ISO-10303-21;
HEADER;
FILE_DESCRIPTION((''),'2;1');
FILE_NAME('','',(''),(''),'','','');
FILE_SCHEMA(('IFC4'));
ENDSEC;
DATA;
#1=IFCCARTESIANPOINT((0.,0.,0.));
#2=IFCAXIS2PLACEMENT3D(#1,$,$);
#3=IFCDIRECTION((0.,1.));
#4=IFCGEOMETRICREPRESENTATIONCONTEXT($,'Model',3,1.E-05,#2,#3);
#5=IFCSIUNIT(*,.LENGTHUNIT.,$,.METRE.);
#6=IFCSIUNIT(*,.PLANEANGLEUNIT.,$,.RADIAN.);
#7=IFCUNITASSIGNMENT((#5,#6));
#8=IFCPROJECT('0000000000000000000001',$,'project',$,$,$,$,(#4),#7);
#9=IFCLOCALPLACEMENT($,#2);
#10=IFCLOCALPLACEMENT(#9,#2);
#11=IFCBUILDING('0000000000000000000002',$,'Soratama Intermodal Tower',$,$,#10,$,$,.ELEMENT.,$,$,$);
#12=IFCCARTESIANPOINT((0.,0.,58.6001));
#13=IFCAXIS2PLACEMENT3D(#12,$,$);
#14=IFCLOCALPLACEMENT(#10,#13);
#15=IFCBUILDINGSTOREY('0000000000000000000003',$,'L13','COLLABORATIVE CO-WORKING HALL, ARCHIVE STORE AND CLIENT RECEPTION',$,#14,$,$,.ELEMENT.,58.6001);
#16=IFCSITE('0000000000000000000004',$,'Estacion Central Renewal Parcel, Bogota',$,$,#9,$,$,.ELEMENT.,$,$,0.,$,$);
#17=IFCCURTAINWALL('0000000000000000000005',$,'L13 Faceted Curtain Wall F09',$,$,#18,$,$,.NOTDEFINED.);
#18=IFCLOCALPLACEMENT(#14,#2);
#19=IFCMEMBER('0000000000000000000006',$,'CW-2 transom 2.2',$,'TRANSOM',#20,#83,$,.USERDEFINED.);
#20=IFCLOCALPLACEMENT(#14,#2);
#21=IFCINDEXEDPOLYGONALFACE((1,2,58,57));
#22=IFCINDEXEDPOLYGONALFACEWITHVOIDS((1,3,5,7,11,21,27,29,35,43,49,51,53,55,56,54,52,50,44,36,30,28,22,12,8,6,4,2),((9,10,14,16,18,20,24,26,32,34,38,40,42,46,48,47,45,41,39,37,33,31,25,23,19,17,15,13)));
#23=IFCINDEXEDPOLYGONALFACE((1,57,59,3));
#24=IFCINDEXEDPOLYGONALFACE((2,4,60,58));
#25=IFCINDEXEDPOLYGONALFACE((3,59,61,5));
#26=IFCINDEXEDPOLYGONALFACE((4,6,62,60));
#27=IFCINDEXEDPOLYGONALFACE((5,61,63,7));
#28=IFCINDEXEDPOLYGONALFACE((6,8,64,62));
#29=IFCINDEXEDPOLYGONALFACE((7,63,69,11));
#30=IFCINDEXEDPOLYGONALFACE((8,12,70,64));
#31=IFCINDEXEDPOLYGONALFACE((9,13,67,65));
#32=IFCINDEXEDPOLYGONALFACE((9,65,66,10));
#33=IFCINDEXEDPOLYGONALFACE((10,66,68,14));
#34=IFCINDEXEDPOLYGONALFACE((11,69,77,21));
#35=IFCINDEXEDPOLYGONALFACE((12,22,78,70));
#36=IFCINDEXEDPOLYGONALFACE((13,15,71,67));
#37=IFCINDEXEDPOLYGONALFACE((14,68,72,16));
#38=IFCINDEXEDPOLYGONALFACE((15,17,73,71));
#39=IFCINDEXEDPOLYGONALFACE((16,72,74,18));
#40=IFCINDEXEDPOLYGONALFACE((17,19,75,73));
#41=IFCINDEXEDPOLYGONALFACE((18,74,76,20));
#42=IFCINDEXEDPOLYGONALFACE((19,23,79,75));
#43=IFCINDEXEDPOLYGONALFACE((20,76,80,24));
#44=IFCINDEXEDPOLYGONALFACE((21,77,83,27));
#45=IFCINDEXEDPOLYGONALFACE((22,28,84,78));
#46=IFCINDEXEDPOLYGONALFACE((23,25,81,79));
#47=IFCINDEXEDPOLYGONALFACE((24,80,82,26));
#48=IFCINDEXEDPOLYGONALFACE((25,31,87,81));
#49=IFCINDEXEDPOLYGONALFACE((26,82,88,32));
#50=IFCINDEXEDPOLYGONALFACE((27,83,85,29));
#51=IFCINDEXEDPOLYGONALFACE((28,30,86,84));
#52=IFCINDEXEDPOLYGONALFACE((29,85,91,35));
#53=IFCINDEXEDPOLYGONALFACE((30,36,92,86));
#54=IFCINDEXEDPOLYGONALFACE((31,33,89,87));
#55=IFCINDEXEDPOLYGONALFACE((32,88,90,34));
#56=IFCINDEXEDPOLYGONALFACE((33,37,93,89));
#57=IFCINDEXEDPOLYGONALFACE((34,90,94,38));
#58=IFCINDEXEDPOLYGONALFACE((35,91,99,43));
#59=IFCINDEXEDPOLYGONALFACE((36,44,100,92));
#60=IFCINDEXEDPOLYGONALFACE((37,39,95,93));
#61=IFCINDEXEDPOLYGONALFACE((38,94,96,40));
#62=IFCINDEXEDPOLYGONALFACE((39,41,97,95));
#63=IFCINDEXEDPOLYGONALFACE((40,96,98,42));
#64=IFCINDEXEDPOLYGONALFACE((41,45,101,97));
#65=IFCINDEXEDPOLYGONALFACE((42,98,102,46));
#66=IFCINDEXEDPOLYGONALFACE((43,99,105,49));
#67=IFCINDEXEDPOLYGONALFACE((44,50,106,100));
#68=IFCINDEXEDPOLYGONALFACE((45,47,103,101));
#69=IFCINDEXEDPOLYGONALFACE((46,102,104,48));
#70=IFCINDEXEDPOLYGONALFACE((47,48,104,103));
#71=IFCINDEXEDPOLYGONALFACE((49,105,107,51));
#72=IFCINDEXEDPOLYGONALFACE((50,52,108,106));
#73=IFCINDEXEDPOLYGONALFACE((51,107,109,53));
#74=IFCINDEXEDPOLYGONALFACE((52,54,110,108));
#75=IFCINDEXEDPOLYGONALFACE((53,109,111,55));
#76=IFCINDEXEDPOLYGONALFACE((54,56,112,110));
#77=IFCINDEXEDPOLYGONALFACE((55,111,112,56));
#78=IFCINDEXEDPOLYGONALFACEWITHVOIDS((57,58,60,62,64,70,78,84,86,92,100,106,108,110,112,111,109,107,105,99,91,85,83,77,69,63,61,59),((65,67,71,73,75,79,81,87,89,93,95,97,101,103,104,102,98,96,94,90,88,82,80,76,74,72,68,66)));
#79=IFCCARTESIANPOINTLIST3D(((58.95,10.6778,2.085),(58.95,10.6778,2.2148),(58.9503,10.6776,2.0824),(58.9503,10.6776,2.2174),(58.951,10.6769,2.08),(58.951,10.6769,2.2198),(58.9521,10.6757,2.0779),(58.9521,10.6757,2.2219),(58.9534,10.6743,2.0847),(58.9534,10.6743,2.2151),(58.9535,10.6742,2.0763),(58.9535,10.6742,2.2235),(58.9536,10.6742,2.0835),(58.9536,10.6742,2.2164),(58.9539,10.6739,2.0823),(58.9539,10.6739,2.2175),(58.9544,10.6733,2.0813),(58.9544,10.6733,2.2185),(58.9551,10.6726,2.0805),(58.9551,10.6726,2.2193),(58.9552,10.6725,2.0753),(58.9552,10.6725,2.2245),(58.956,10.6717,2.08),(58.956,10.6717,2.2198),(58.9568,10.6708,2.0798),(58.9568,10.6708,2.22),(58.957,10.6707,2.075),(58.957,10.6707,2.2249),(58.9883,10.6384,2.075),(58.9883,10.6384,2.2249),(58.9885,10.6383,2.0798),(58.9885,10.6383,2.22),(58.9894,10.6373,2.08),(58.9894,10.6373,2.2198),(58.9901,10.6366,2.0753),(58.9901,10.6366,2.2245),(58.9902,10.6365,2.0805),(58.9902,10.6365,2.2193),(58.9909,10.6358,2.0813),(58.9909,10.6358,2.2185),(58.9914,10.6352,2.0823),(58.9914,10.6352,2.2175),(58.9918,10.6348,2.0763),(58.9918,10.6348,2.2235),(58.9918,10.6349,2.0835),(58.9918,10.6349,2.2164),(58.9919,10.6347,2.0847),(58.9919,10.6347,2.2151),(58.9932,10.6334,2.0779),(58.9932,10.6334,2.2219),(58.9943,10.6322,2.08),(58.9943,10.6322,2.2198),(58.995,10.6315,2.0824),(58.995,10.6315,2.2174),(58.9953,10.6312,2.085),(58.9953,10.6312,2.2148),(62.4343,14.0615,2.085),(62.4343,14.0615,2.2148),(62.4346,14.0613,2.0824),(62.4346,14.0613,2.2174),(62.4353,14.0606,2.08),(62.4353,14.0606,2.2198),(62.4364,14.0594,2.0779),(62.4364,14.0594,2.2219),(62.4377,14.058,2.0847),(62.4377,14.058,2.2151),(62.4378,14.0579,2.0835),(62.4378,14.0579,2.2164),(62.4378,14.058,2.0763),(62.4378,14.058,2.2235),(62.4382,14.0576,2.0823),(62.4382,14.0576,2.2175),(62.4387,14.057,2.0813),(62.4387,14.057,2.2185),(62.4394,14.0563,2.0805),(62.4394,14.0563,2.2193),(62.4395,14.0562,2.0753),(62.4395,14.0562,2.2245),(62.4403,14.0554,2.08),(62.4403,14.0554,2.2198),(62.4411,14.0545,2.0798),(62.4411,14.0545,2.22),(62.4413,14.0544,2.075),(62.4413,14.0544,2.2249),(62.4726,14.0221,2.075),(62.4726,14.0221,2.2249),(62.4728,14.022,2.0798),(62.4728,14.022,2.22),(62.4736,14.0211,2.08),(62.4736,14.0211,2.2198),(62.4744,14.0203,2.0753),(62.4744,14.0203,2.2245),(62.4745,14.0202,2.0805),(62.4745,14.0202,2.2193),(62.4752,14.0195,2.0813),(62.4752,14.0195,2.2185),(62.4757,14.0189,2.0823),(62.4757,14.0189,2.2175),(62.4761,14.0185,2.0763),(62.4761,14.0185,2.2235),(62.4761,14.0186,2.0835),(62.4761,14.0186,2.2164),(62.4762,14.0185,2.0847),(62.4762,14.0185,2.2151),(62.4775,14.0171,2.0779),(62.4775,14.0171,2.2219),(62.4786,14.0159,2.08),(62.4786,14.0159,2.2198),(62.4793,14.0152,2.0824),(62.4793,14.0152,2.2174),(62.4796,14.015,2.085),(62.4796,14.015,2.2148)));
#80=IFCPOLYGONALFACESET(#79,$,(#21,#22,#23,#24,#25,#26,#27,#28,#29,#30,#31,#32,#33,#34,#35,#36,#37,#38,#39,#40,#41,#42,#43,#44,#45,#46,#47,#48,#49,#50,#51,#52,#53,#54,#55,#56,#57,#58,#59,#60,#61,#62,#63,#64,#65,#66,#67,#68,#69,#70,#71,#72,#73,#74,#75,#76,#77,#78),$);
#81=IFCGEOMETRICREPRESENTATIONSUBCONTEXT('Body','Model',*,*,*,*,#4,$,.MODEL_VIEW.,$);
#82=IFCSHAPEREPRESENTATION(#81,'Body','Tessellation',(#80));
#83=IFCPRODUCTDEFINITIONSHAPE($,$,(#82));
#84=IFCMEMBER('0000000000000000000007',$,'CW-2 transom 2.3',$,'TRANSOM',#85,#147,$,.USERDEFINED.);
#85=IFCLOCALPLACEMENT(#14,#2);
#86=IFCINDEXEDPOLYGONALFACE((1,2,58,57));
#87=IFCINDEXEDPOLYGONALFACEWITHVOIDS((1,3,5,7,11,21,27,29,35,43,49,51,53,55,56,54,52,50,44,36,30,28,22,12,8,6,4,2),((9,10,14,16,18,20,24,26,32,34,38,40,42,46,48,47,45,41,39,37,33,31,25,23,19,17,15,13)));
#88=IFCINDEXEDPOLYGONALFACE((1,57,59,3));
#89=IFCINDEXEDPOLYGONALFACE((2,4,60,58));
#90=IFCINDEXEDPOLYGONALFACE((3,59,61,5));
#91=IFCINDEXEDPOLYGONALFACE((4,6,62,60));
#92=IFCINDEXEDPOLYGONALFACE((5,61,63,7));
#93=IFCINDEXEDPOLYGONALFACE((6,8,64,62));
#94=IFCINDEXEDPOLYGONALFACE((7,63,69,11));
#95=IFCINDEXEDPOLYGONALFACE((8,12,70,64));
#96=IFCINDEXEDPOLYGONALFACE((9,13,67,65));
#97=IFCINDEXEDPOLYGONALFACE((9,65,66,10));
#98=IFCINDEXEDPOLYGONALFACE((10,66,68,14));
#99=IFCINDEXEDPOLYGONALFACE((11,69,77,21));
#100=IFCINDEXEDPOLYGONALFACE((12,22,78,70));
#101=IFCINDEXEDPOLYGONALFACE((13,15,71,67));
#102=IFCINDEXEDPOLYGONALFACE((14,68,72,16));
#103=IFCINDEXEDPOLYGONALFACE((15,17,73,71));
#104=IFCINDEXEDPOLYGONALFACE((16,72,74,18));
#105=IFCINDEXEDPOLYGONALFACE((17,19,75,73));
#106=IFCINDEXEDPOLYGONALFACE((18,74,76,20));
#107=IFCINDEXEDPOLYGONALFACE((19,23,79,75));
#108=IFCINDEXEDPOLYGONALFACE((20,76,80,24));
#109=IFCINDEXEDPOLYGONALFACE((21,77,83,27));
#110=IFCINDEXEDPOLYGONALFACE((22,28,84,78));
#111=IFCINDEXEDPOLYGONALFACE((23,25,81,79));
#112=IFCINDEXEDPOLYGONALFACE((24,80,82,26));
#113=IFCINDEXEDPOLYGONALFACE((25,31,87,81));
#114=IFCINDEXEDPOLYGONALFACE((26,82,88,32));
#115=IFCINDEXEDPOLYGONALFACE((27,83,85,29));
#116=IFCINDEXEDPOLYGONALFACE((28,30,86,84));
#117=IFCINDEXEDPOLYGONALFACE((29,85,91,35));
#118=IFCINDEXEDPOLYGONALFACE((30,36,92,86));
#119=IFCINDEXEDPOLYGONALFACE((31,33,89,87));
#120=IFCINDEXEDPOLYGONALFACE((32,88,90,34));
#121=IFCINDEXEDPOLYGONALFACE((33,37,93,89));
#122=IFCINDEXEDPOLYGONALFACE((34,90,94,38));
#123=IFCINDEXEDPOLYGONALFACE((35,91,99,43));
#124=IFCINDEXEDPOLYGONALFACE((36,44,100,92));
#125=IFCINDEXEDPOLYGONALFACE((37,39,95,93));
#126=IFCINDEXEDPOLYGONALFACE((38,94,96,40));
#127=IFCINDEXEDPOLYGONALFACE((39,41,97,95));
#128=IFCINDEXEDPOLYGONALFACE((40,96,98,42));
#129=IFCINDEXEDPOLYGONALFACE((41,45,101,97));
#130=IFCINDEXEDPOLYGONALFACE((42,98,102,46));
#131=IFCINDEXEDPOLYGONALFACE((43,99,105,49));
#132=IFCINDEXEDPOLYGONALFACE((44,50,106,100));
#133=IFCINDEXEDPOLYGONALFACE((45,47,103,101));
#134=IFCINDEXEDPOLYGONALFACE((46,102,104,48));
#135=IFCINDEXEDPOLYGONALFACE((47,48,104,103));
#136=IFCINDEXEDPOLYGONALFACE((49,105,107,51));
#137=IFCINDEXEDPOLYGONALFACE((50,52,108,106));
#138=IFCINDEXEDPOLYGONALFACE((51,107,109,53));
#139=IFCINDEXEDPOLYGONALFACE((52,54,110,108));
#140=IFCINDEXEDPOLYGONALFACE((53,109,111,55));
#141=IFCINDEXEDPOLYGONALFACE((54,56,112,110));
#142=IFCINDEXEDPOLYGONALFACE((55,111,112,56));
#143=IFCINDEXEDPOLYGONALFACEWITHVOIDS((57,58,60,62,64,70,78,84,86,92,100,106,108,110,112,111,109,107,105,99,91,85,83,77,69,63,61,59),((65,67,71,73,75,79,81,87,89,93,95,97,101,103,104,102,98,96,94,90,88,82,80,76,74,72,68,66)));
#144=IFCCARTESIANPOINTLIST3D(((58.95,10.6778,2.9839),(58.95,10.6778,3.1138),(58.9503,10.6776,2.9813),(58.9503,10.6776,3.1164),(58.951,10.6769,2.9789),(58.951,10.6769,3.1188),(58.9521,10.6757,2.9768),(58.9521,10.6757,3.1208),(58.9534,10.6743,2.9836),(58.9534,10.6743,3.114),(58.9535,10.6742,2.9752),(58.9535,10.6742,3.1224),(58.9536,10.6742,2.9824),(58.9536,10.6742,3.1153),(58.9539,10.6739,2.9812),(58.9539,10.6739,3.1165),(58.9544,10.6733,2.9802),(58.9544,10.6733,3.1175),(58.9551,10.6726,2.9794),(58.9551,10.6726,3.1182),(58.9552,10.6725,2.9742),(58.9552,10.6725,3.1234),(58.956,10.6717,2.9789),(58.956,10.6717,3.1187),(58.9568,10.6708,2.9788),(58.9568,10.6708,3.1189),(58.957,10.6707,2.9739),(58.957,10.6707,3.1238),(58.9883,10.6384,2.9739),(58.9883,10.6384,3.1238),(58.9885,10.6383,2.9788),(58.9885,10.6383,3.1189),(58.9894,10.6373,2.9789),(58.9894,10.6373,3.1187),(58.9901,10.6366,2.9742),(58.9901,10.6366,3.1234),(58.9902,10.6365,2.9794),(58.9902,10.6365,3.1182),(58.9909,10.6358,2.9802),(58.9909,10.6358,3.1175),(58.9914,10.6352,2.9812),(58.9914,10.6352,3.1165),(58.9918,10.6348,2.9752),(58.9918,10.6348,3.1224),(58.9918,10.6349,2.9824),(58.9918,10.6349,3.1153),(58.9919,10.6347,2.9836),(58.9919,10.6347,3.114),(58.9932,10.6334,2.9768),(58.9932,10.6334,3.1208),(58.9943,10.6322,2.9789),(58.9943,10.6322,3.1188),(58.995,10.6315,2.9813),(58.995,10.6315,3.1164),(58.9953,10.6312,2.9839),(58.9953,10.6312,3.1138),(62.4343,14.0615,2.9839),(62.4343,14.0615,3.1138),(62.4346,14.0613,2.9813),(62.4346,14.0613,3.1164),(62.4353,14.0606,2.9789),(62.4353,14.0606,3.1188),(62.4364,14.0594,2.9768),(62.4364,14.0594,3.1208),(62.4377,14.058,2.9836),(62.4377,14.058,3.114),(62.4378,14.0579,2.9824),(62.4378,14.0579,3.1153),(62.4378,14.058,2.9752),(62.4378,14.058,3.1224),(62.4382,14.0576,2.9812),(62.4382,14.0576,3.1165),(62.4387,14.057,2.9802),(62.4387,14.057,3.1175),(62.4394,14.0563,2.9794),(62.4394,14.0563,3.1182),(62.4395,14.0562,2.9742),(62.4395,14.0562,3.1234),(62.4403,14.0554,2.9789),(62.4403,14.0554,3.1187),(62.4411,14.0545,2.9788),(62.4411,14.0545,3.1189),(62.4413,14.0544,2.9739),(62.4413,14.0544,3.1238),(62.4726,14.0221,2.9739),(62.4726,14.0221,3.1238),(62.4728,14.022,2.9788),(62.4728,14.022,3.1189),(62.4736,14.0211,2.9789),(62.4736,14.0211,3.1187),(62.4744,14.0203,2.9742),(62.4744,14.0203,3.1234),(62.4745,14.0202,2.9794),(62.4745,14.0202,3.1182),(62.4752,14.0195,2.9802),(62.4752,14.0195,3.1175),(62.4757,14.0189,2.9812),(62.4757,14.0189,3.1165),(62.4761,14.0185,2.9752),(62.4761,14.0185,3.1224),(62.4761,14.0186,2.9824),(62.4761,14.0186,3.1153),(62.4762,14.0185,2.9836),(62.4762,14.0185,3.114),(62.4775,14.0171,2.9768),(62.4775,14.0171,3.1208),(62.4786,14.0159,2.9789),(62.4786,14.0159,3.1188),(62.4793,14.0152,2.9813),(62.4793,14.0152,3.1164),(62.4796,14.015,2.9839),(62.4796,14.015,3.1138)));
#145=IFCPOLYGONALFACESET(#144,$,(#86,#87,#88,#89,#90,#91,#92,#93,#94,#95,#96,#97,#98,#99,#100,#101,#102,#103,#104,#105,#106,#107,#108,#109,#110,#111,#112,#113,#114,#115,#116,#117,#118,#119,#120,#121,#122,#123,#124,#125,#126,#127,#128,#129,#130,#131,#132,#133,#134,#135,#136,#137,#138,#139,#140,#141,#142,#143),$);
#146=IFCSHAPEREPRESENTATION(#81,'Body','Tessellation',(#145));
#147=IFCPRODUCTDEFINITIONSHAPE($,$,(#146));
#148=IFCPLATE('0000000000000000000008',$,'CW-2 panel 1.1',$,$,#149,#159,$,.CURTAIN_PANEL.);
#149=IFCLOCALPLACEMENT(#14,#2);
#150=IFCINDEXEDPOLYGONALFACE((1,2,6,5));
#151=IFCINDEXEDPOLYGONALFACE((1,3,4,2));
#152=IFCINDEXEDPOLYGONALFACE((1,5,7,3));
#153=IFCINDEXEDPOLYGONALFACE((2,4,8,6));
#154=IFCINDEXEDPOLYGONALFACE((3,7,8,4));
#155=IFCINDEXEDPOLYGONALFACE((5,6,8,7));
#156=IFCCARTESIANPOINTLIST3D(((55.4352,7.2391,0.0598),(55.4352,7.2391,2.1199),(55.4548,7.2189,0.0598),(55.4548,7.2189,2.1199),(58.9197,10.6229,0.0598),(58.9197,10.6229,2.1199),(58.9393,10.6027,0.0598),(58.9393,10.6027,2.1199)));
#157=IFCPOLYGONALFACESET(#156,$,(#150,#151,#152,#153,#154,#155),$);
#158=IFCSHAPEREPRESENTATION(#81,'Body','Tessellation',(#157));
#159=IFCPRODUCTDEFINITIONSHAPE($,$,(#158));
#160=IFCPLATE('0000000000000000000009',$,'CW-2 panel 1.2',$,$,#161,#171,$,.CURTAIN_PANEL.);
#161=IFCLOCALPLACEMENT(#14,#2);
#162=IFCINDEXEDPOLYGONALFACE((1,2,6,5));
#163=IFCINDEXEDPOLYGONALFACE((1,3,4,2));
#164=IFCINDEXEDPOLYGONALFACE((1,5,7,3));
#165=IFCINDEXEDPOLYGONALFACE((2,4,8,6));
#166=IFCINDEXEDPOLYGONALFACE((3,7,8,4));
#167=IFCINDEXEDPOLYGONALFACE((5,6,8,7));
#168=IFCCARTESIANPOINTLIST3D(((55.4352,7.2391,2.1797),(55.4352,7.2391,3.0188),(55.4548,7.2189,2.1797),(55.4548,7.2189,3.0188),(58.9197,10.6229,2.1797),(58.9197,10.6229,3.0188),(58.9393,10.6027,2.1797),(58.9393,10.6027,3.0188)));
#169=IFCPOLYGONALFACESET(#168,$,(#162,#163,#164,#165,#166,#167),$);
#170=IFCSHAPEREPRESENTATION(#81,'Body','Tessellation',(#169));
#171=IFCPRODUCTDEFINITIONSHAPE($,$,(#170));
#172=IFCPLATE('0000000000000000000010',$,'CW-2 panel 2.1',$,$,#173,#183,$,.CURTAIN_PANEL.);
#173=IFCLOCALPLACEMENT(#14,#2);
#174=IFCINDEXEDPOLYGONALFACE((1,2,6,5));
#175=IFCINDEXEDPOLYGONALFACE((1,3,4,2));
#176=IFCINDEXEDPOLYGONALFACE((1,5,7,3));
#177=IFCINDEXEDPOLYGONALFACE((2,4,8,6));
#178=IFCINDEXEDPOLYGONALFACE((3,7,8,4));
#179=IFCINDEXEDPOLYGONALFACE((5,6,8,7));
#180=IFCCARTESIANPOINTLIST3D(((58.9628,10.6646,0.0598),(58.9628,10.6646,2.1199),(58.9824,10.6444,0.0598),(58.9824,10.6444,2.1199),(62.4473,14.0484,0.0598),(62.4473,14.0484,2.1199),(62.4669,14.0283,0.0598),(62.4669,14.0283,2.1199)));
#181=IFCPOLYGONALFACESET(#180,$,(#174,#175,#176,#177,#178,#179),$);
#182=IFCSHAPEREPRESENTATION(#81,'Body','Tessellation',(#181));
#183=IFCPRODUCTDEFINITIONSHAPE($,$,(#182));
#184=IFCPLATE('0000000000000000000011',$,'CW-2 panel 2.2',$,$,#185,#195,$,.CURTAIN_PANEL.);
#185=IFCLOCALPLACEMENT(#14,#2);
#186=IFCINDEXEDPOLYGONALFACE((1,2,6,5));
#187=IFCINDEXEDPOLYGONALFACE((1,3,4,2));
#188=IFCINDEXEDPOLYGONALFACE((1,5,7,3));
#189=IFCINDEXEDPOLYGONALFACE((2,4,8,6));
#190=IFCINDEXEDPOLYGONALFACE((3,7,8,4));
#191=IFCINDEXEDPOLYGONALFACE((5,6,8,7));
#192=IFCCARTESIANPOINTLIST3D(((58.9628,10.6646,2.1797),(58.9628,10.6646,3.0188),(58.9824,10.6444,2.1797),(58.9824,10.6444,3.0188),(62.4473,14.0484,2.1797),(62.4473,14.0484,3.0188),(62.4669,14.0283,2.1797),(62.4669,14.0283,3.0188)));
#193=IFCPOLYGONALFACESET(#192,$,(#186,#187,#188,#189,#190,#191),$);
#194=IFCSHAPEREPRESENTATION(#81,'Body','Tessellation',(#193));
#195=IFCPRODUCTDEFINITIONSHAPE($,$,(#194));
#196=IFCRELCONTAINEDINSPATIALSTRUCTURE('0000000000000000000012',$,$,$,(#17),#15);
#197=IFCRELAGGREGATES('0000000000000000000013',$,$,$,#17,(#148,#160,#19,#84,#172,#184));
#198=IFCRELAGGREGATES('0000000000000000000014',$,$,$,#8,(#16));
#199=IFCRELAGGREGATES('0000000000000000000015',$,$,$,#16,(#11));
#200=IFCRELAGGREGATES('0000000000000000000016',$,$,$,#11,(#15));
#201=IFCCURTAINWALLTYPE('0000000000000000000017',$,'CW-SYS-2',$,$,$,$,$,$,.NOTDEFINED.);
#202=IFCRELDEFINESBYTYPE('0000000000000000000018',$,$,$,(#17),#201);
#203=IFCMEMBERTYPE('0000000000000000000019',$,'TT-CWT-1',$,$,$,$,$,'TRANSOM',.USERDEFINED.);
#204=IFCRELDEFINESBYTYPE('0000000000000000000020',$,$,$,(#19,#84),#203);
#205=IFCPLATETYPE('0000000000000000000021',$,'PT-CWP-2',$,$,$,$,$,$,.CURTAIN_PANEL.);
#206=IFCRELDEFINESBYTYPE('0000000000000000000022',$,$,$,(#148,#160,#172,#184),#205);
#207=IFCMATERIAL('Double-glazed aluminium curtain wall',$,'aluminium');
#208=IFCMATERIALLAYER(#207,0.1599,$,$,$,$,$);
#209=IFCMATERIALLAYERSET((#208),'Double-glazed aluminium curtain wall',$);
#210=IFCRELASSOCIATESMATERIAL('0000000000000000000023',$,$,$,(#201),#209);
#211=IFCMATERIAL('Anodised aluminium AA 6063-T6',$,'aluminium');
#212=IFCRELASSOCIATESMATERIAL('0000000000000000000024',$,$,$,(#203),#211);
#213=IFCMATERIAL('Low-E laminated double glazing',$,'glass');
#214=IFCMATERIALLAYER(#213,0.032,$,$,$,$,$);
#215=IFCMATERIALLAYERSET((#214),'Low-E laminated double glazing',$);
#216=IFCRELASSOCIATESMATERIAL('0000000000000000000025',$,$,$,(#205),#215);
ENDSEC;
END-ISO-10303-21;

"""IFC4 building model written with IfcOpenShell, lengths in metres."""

from ifc_helpers import new_model, si_unit, direction, frame, origin, origin_2d, place, context, subcontext, project, spatial, rectangle, hollow_rectangle, extrude, material, layer, layer_set, material_profile, profile_set, type_object, element, aggregate, save


model = new_model("IFC4")

# Units and contexts
model_context = context("Model", 3, precision=1e-05, world=origin(), true_north=direction((0.0, 1.0)))
body_context = subcontext(model_context, "Body", "Model", "MODEL_VIEW")
ifc_project = project(units=[si_unit("LENGTHUNIT", "METRE"), si_unit("PLANEANGLEUNIT", "RADIAN")], contexts=[model_context])

# Site, building, storey
site_placement = place(None, origin())
site = spatial("IfcSite", under=ifc_project, at=site_placement, Name="Estacion Central Renewal Parcel, Bogota", CompositionType="ELEMENT", RefElevation=0.0)
building_placement = place(site_placement, origin())
building = spatial("IfcBuilding", under=site, at=building_placement, Name="Soratama Intermodal Tower", CompositionType="ELEMENT")
storey_placement = place(building_placement, frame((0.0, 0.0, 58.6001)))
storey = spatial("IfcBuildingStorey", under=building, at=storey_placement, Name="L13", Description="COLLABORATIVE CO-WORKING HALL, ARCHIVE STORE AND CLIENT RECEPTION", CompositionType="ELEMENT", Elevation=58.6001)

# Curtain wall, members, plates
ifc_material_1 = material(Name="Double-glazed aluminium curtain wall", Category="aluminium")
ifc_layer_1 = layer(ifc_material_1, 0.1599)
ifc_layer_set_1 = layer_set([ifc_layer_1], Name="Double-glazed aluminium curtain wall")
curtain_wall_type = type_object("IfcCurtainWallType", Name="CW-SYS-2", PredefinedType="NOTDEFINED", material=ifc_layer_set_1)
curtain_wall_placement = place(storey_placement, origin())
curtain_wall = element("IfcCurtainWall", 1, at=curtain_wall_placement, inside=storey, type_object=curtain_wall_type, Name="L13 Faceted Curtain Wall F09", PredefinedType="NOTDEFINED")
ifc_material_2 = material(Name="Anodised aluminium AA 6063-T6", Category="aluminium")
ifc_material_profile_1 = material_profile(ifc_material_2, hollow_rectangle(XDim=0.0649, YDim=0.1499, WallThickness=0.0049, InnerFilletRadius=0.0049, OuterFilletRadius=0.01, at=origin_2d()), Name="CWT150X65X5")
ifc_profile_set_1 = profile_set([ifc_material_profile_1], Name="Anodised aluminium AA 6063-T6")
member_type_1 = type_object("IfcMemberType", Name="TT-CWT-1", ElementType="TRANSOM", PredefinedType="USERDEFINED", material=ifc_profile_set_1)
member_1_placement = place(storey_placement, frame((58.9727, 10.6545, 2.1499), z_axis=(0.717386, 0.696676, 0.0), x_axis=(-0.696676, 0.717386, 0.0)))
member_1 = element("IfcMember", 2, at=member_1_placement, type_object=member_type_1, Name="CW-2 transom 2.2", ObjectType="TRANSOM", PredefinedType="USERDEFINED", context=body_context, shape_type="SweptSolid", body=[
    extrude(hollow_rectangle(XDim=0.0649, YDim=0.1499, WallThickness=0.0049, InnerFilletRadius=0.0049, OuterFilletRadius=0.01, at=origin_2d()), origin(), (0.0, 0.0, 1.0), 4.8569),
])
member_2_placement = place(storey_placement, frame((58.9727, 10.6545, 3.0488), z_axis=(0.717386, 0.696676, 0.0), x_axis=(-0.696676, 0.717386, 0.0)))
member_2 = element("IfcMember", 3, at=member_2_placement, type_object=member_type_1, Name="CW-2 transom 2.3", ObjectType="TRANSOM", PredefinedType="USERDEFINED", context=body_context, shape_type="SweptSolid", body=[
    extrude(hollow_rectangle(XDim=0.0649, YDim=0.1499, WallThickness=0.0049, InnerFilletRadius=0.0049, OuterFilletRadius=0.01, at=origin_2d()), origin(), (0.0, 0.0, 1.0), 4.8569),
])
ifc_material_3 = material(Name="Low-E laminated double glazing", Category="glass")
ifc_layer_2 = layer(ifc_material_3, 0.032)
ifc_layer_set_2 = layer_set([ifc_layer_2], Name="Low-E laminated double glazing")
plate_type = type_object("IfcPlateType", Name="PT-CWP-2", PredefinedType="CURTAIN_PANEL", material=ifc_layer_set_2)
plate_1_placement = place(storey_placement, frame((57.1873, 8.9209, 0.0598), z_axis=(0.0, 0.0, 1.0), x_axis=(0.717396, 0.696666, 0.0)))
plate_1 = element("IfcPlate", 4, at=plate_1_placement, type_object=plate_type, Name="CW-2 panel 1.1", PredefinedType="CURTAIN_PANEL", context=body_context, shape_type="SweptSolid", body=[
    extrude(rectangle(XDim=4.8572, YDim=0.0281, at=origin_2d()), origin(), (0.0, 0.0, 1.0), 2.0601),
])
plate_2_placement = place(storey_placement, frame((57.1873, 8.9209, 2.1797), z_axis=(0.0, 0.0, 1.0), x_axis=(0.717396, 0.696666, 0.0)))
plate_2 = element("IfcPlate", 5, at=plate_2_placement, type_object=plate_type, Name="CW-2 panel 1.2", PredefinedType="CURTAIN_PANEL", context=body_context, shape_type="SweptSolid", body=[
    extrude(rectangle(XDim=4.8572, YDim=0.0281, at=origin_2d()), origin(), (0.0, 0.0, 1.0), 0.8391),
])
plate_3_placement = place(storey_placement, frame((60.7148, 12.3464, 0.0598), z_axis=(0.0, 0.0, 1.0), x_axis=(0.717396, 0.696666, 0.0)))
plate_3 = element("IfcPlate", 6, at=plate_3_placement, type_object=plate_type, Name="CW-2 panel 2.1", PredefinedType="CURTAIN_PANEL", context=body_context, shape_type="SweptSolid", body=[
    extrude(rectangle(XDim=4.8572, YDim=0.0281, at=origin_2d()), origin(), (0.0, 0.0, 1.0), 2.0601),
])
plate_4_placement = place(storey_placement, frame((60.7148, 12.3464, 2.1797), z_axis=(0.0, 0.0, 1.0), x_axis=(0.717396, 0.696666, 0.0)))
plate_4 = element("IfcPlate", 7, at=plate_4_placement, type_object=plate_type, Name="CW-2 panel 2.2", PredefinedType="CURTAIN_PANEL", context=body_context, shape_type="SweptSolid", body=[
    extrude(rectangle(XDim=4.8572, YDim=0.0281, at=origin_2d()), origin(), (0.0, 0.0, 1.0), 0.8391),
])
aggregate(curtain_wall, [plate_1, plate_2, member_1, member_2, plate_3, plate_4])

save(model, "model.ifc")
